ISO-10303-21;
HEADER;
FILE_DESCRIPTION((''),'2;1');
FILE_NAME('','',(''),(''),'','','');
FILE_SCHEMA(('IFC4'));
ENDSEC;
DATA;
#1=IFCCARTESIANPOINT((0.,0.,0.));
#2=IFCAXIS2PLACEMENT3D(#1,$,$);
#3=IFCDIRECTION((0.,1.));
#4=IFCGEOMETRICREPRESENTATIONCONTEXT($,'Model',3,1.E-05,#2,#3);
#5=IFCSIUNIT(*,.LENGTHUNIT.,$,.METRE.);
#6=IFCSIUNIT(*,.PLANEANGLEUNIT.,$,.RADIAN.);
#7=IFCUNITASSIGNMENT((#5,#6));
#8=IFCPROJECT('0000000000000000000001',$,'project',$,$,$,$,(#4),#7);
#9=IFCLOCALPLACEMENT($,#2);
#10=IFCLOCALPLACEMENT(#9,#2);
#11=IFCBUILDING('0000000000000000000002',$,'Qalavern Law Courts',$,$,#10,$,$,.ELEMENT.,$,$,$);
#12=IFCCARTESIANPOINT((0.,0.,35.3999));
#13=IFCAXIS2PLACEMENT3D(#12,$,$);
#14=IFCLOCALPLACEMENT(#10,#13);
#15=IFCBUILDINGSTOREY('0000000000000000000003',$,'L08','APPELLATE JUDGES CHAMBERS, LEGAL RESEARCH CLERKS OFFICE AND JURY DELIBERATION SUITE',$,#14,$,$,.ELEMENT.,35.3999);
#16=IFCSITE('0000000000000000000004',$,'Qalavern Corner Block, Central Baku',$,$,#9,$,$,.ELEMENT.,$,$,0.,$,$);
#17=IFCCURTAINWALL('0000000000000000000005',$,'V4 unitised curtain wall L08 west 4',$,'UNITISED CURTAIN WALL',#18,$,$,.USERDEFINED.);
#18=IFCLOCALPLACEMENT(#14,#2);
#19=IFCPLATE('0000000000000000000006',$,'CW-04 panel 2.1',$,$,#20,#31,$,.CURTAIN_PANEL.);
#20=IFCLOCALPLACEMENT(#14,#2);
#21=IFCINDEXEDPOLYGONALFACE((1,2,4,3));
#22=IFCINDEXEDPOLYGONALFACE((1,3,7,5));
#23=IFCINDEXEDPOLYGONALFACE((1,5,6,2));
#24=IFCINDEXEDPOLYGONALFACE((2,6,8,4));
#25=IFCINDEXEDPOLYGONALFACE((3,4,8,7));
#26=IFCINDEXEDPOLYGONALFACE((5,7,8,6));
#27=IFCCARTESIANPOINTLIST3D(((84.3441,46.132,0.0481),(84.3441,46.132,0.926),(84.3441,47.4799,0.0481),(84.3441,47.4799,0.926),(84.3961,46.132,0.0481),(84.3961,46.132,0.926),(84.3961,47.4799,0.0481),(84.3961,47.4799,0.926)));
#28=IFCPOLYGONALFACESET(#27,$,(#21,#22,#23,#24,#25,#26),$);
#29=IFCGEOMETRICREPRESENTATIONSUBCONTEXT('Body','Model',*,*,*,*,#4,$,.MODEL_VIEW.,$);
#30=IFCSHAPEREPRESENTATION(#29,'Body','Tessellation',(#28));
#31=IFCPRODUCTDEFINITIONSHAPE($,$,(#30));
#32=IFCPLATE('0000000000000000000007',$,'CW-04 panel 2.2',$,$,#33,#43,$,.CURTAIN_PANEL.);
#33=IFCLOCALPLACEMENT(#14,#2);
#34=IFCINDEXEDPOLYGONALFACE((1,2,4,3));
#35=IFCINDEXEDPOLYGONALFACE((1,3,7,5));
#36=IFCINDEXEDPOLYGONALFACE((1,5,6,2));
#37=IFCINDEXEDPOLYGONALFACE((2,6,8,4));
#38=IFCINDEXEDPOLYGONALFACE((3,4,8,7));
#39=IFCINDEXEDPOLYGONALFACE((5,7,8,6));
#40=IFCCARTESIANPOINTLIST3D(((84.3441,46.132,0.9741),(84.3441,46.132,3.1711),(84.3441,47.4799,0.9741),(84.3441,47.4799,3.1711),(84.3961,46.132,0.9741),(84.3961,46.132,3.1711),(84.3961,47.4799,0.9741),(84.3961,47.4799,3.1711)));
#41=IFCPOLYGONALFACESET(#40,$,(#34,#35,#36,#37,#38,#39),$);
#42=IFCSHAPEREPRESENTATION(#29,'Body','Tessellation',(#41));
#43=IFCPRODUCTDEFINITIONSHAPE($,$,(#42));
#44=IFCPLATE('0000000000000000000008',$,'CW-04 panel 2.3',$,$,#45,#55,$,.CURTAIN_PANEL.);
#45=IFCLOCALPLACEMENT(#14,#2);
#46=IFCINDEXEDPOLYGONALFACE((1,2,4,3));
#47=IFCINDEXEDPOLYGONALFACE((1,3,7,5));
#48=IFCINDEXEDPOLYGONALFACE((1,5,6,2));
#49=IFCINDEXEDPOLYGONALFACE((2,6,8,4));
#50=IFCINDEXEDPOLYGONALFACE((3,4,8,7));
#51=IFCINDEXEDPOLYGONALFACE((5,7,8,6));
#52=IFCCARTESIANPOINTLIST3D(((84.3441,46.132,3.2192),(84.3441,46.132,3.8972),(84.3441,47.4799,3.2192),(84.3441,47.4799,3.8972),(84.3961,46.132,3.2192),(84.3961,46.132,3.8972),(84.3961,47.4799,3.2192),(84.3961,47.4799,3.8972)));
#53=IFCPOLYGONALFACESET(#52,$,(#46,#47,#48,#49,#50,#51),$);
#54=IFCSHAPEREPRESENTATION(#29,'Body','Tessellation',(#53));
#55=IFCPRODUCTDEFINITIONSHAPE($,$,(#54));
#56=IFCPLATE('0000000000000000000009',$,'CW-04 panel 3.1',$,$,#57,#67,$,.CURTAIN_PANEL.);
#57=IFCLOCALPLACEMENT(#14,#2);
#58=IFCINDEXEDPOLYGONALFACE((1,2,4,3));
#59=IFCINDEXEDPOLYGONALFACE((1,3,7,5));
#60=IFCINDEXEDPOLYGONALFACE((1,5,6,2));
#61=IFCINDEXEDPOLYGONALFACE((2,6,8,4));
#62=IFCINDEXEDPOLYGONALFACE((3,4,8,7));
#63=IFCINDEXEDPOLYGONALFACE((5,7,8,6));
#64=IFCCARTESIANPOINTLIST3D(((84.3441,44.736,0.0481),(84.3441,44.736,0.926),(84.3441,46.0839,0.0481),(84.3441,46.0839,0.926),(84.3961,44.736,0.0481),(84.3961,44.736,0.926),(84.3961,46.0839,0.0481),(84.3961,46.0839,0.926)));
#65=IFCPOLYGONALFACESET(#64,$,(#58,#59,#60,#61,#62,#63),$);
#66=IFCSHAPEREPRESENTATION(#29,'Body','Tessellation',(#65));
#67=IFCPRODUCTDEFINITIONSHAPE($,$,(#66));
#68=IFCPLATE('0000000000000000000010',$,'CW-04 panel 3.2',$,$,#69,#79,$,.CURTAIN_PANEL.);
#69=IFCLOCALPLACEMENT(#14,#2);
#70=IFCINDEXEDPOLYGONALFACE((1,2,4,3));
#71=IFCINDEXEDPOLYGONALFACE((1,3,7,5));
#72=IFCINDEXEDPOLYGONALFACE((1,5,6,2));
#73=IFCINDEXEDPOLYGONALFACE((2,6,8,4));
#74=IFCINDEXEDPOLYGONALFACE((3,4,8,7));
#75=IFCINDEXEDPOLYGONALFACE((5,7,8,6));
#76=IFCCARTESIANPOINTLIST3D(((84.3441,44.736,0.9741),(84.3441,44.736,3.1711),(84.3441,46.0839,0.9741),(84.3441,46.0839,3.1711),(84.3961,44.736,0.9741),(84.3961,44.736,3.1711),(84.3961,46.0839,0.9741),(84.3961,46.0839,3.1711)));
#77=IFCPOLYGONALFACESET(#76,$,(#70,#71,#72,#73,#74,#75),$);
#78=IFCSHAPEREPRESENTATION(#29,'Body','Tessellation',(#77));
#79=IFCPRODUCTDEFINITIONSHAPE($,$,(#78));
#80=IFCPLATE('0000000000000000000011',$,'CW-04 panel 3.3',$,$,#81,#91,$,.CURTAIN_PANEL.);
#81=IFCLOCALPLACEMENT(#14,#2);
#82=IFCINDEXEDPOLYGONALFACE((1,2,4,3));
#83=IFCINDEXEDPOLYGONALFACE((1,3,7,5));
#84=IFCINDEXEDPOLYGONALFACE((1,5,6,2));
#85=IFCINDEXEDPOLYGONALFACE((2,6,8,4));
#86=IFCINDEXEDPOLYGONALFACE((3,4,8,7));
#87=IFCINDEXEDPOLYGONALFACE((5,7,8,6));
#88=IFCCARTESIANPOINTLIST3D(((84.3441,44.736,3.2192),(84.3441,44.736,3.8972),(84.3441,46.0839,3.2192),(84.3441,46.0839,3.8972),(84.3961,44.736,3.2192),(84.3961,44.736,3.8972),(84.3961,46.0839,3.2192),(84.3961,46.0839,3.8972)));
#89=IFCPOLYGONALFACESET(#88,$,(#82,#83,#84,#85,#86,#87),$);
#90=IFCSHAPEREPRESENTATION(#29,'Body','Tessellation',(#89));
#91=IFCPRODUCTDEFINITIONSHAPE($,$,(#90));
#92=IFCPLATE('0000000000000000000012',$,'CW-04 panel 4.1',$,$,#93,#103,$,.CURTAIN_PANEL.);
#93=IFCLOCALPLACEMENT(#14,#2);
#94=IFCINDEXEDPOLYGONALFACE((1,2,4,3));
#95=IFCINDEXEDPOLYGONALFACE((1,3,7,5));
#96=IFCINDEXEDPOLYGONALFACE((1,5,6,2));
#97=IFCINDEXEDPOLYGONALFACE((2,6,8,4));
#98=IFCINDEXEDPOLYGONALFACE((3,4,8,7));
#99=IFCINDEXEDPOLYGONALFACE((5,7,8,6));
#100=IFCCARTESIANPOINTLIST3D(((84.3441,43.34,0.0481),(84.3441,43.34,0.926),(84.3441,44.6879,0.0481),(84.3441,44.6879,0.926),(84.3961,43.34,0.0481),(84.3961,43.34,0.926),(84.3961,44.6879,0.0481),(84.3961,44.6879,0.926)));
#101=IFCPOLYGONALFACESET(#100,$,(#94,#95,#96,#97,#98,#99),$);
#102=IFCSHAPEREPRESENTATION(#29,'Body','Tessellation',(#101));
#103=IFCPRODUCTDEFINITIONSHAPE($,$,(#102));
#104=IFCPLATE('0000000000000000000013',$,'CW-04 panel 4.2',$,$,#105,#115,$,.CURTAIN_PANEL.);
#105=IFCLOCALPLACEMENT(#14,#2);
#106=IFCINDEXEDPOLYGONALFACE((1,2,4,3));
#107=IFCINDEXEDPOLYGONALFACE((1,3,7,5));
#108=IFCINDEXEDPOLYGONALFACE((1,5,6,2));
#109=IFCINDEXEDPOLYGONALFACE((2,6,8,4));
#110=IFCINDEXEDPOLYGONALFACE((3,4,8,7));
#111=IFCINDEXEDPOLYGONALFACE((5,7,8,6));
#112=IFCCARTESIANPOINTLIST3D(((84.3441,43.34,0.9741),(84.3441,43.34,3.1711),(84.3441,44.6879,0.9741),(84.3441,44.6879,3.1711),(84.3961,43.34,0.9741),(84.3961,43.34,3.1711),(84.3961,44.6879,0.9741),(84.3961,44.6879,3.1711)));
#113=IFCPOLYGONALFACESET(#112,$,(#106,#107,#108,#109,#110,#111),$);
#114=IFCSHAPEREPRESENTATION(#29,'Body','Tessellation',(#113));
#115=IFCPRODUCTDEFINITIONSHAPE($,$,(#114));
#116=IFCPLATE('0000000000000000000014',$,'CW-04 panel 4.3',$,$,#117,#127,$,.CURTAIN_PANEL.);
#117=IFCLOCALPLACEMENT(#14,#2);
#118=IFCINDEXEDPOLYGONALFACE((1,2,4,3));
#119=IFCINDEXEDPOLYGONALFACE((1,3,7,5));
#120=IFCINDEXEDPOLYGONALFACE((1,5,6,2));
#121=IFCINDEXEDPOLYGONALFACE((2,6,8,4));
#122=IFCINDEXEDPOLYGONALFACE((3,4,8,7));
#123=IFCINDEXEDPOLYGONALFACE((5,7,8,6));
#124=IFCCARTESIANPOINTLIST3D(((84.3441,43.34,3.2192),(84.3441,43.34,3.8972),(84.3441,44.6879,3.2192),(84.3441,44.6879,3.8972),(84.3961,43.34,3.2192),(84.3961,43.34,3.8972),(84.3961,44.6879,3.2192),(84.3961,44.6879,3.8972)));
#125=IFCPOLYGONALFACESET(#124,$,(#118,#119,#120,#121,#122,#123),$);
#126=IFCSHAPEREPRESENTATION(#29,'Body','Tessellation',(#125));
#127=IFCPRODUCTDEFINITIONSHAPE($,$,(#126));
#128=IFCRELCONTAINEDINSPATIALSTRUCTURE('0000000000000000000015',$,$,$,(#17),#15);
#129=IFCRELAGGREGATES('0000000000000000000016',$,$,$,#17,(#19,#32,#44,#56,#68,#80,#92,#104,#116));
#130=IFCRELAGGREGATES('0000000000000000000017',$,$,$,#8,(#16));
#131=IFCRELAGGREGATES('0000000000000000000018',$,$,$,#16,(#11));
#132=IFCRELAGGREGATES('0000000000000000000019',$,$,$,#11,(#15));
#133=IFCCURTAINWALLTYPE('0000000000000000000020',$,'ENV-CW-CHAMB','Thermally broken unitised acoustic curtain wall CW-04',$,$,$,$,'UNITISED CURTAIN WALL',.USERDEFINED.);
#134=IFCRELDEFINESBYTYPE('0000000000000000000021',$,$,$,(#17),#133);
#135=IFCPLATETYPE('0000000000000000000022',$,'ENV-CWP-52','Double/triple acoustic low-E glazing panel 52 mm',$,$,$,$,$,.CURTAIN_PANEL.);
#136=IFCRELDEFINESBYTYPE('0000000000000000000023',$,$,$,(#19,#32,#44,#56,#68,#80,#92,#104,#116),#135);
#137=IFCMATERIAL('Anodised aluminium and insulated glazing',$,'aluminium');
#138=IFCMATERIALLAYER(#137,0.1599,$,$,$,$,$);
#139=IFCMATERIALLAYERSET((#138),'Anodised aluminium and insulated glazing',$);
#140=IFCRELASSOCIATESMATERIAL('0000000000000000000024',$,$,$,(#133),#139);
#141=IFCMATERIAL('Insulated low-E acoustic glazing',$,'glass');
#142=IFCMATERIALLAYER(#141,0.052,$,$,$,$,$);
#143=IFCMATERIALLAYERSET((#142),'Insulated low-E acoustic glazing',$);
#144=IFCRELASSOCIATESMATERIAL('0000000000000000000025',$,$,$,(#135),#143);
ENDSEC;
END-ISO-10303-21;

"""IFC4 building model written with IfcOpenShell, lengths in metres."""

from ifc_helpers import new_model, si_unit, direction, frame, origin, origin_2d, place, context, subcontext, project, spatial, rectangle, extrude, material, layer, layer_set, type_object, element, aggregate, save


model = new_model("IFC4")

# Units and contexts
model_context = context("Model", 3, precision=1e-05, world=origin(), true_north=direction((0.0, 1.0)))
body_context = subcontext(model_context, "Body", "Model", "MODEL_VIEW")
ifc_project = project(units=[si_unit("LENGTHUNIT", "METRE"), si_unit("PLANEANGLEUNIT", "RADIAN")], contexts=[model_context])

# Site, building, storey
site_placement = place(None, origin())
site = spatial("IfcSite", under=ifc_project, at=site_placement, Name="Qalavern Corner Block, Central Baku", CompositionType="ELEMENT", RefElevation=0.0)
building_placement = place(site_placement, origin())
building = spatial("IfcBuilding", under=site, at=building_placement, Name="Qalavern Law Courts", CompositionType="ELEMENT")
storey_placement = place(building_placement, frame((0.0, 0.0, 35.3999)))
storey = spatial("IfcBuildingStorey", under=building, at=storey_placement, Name="L08", Description="APPELLATE JUDGES CHAMBERS, LEGAL RESEARCH CLERKS OFFICE AND JURY DELIBERATION SUITE", CompositionType="ELEMENT", Elevation=35.3999)

# Curtain wall, plates
ifc_material_1 = material(Name="Anodised aluminium and insulated glazing", Category="aluminium")
ifc_layer_1 = layer(ifc_material_1, 0.1599)
ifc_layer_set_1 = layer_set([ifc_layer_1], Name="Anodised aluminium and insulated glazing")
curtain_wall_type = type_object("IfcCurtainWallType", Name="ENV-CW-CHAMB", Description="Thermally broken unitised acoustic curtain wall CW-04", ElementType="UNITISED CURTAIN WALL", PredefinedType="USERDEFINED", material=ifc_layer_set_1)
curtain_wall_placement = place(storey_placement, origin())
curtain_wall = element("IfcCurtainWall", 1, at=curtain_wall_placement, inside=storey, type_object=curtain_wall_type, Name="V4 unitised curtain wall L08 west 4", ObjectType="UNITISED CURTAIN WALL", PredefinedType="USERDEFINED")
ifc_material_2 = material(Name="Insulated low-E acoustic glazing", Category="glass")
ifc_layer_2 = layer(ifc_material_2, 0.052)
ifc_layer_set_2 = layer_set([ifc_layer_2], Name="Insulated low-E acoustic glazing")
plate_type = type_object("IfcPlateType", Name="ENV-CWP-52", Description="Double/triple acoustic low-E glazing panel 52 mm", PredefinedType="CURTAIN_PANEL", material=ifc_layer_set_2)
plate_1_placement = place(storey_placement, frame((84.3701, 46.8059, 0.0481), z_axis=(0.0, 0.0, 1.0), x_axis=(0.0, -1.0, 0.0)))
plate_1 = element("IfcPlate", 2, at=plate_1_placement, type_object=plate_type, Name="CW-04 panel 2.1", PredefinedType="CURTAIN_PANEL", context=body_context, shape_type="SweptSolid", body=[
    extrude(rectangle(XDim=1.3479, YDim=0.052, at=origin_2d()), origin(), (0.0, 0.0, 1.0), 0.8779),
])
plate_2_placement = place(storey_placement, frame((84.3701, 46.8059, 0.9741), z_axis=(0.0, 0.0, 1.0), x_axis=(0.0, -1.0, 0.0)))
plate_2 = element("IfcPlate", 3, at=plate_2_placement, type_object=plate_type, Name="CW-04 panel 2.2", PredefinedType="CURTAIN_PANEL", context=body_context, shape_type="SweptSolid", body=[
    extrude(rectangle(XDim=1.3479, YDim=0.052, at=origin_2d()), origin(), (0.0, 0.0, 1.0), 2.197),
])
plate_3_placement = place(storey_placement, frame((84.3701, 46.8059, 3.2192), z_axis=(0.0, 0.0, 1.0), x_axis=(0.0, -1.0, 0.0)))
plate_3 = element("IfcPlate", 4, at=plate_3_placement, type_object=plate_type, Name="CW-04 panel 2.3", PredefinedType="CURTAIN_PANEL", context=body_context, shape_type="SweptSolid", body=[
    extrude(rectangle(XDim=1.3479, YDim=0.052, at=origin_2d()), origin(), (0.0, 0.0, 1.0), 0.678),
])
plate_4_placement = place(storey_placement, frame((84.3701, 45.4099, 0.0481), z_axis=(0.0, 0.0, 1.0), x_axis=(0.0, -1.0, 0.0)))
plate_4 = element("IfcPlate", 5, at=plate_4_placement, type_object=plate_type, Name="CW-04 panel 3.1", PredefinedType="CURTAIN_PANEL", context=body_context, shape_type="SweptSolid", body=[
    extrude(rectangle(XDim=1.3479, YDim=0.052, at=origin_2d()), origin(), (0.0, 0.0, 1.0), 0.8779),
])
plate_5_placement = place(storey_placement, frame((84.3701, 45.4099, 0.9741), z_axis=(0.0, 0.0, 1.0), x_axis=(0.0, -1.0, 0.0)))
plate_5 = element("IfcPlate", 6, at=plate_5_placement, type_object=plate_type, Name="CW-04 panel 3.2", PredefinedType="CURTAIN_PANEL", context=body_context, shape_type="SweptSolid", body=[
    extrude(rectangle(XDim=1.3479, YDim=0.052, at=origin_2d()), origin(), (0.0, 0.0, 1.0), 2.197),
])
plate_6_placement = place(storey_placement, frame((84.3701, 45.4099, 3.2192), z_axis=(0.0, 0.0, 1.0), x_axis=(0.0, -1.0, 0.0)))
plate_6 = element("IfcPlate", 7, at=plate_6_placement, type_object=plate_type, Name="CW-04 panel 3.3", PredefinedType="CURTAIN_PANEL", context=body_context, shape_type="SweptSolid", body=[
    extrude(rectangle(XDim=1.3479, YDim=0.052, at=origin_2d()), origin(), (0.0, 0.0, 1.0), 0.678),
])
plate_7_placement = place(storey_placement, frame((84.3701, 44.0139, 0.0481), z_axis=(0.0, 0.0, 1.0), x_axis=(0.0, -1.0, 0.0)))
plate_7 = element("IfcPlate", 8, at=plate_7_placement, type_object=plate_type, Name="CW-04 panel 4.1", PredefinedType="CURTAIN_PANEL", context=body_context, shape_type="SweptSolid", body=[
    extrude(rectangle(XDim=1.3479, YDim=0.052, at=origin_2d()), origin(), (0.0, 0.0, 1.0), 0.8779),
])
plate_8_placement = place(storey_placement, frame((84.3701, 44.0139, 0.9741), z_axis=(0.0, 0.0, 1.0), x_axis=(0.0, -1.0, 0.0)))
plate_8 = element("IfcPlate", 9, at=plate_8_placement, type_object=plate_type, Name="CW-04 panel 4.2", PredefinedType="CURTAIN_PANEL", context=body_context, shape_type="SweptSolid", body=[
    extrude(rectangle(XDim=1.3479, YDim=0.052, at=origin_2d()), origin(), (0.0, 0.0, 1.0), 2.197),
])
plate_9_placement = place(storey_placement, frame((84.3701, 44.0139, 3.2192), z_axis=(0.0, 0.0, 1.0), x_axis=(0.0, -1.0, 0.0)))
plate_9 = element("IfcPlate", 10, at=plate_9_placement, type_object=plate_type, Name="CW-04 panel 4.3", PredefinedType="CURTAIN_PANEL", context=body_context, shape_type="SweptSolid", body=[
    extrude(rectangle(XDim=1.3479, YDim=0.052, at=origin_2d()), origin(), (0.0, 0.0, 1.0), 0.678),
])
aggregate(curtain_wall, [plate_1, plate_2, plate_3, plate_4, plate_5, plate_6, plate_7, plate_8, plate_9])

save(model, "model.ifc")
